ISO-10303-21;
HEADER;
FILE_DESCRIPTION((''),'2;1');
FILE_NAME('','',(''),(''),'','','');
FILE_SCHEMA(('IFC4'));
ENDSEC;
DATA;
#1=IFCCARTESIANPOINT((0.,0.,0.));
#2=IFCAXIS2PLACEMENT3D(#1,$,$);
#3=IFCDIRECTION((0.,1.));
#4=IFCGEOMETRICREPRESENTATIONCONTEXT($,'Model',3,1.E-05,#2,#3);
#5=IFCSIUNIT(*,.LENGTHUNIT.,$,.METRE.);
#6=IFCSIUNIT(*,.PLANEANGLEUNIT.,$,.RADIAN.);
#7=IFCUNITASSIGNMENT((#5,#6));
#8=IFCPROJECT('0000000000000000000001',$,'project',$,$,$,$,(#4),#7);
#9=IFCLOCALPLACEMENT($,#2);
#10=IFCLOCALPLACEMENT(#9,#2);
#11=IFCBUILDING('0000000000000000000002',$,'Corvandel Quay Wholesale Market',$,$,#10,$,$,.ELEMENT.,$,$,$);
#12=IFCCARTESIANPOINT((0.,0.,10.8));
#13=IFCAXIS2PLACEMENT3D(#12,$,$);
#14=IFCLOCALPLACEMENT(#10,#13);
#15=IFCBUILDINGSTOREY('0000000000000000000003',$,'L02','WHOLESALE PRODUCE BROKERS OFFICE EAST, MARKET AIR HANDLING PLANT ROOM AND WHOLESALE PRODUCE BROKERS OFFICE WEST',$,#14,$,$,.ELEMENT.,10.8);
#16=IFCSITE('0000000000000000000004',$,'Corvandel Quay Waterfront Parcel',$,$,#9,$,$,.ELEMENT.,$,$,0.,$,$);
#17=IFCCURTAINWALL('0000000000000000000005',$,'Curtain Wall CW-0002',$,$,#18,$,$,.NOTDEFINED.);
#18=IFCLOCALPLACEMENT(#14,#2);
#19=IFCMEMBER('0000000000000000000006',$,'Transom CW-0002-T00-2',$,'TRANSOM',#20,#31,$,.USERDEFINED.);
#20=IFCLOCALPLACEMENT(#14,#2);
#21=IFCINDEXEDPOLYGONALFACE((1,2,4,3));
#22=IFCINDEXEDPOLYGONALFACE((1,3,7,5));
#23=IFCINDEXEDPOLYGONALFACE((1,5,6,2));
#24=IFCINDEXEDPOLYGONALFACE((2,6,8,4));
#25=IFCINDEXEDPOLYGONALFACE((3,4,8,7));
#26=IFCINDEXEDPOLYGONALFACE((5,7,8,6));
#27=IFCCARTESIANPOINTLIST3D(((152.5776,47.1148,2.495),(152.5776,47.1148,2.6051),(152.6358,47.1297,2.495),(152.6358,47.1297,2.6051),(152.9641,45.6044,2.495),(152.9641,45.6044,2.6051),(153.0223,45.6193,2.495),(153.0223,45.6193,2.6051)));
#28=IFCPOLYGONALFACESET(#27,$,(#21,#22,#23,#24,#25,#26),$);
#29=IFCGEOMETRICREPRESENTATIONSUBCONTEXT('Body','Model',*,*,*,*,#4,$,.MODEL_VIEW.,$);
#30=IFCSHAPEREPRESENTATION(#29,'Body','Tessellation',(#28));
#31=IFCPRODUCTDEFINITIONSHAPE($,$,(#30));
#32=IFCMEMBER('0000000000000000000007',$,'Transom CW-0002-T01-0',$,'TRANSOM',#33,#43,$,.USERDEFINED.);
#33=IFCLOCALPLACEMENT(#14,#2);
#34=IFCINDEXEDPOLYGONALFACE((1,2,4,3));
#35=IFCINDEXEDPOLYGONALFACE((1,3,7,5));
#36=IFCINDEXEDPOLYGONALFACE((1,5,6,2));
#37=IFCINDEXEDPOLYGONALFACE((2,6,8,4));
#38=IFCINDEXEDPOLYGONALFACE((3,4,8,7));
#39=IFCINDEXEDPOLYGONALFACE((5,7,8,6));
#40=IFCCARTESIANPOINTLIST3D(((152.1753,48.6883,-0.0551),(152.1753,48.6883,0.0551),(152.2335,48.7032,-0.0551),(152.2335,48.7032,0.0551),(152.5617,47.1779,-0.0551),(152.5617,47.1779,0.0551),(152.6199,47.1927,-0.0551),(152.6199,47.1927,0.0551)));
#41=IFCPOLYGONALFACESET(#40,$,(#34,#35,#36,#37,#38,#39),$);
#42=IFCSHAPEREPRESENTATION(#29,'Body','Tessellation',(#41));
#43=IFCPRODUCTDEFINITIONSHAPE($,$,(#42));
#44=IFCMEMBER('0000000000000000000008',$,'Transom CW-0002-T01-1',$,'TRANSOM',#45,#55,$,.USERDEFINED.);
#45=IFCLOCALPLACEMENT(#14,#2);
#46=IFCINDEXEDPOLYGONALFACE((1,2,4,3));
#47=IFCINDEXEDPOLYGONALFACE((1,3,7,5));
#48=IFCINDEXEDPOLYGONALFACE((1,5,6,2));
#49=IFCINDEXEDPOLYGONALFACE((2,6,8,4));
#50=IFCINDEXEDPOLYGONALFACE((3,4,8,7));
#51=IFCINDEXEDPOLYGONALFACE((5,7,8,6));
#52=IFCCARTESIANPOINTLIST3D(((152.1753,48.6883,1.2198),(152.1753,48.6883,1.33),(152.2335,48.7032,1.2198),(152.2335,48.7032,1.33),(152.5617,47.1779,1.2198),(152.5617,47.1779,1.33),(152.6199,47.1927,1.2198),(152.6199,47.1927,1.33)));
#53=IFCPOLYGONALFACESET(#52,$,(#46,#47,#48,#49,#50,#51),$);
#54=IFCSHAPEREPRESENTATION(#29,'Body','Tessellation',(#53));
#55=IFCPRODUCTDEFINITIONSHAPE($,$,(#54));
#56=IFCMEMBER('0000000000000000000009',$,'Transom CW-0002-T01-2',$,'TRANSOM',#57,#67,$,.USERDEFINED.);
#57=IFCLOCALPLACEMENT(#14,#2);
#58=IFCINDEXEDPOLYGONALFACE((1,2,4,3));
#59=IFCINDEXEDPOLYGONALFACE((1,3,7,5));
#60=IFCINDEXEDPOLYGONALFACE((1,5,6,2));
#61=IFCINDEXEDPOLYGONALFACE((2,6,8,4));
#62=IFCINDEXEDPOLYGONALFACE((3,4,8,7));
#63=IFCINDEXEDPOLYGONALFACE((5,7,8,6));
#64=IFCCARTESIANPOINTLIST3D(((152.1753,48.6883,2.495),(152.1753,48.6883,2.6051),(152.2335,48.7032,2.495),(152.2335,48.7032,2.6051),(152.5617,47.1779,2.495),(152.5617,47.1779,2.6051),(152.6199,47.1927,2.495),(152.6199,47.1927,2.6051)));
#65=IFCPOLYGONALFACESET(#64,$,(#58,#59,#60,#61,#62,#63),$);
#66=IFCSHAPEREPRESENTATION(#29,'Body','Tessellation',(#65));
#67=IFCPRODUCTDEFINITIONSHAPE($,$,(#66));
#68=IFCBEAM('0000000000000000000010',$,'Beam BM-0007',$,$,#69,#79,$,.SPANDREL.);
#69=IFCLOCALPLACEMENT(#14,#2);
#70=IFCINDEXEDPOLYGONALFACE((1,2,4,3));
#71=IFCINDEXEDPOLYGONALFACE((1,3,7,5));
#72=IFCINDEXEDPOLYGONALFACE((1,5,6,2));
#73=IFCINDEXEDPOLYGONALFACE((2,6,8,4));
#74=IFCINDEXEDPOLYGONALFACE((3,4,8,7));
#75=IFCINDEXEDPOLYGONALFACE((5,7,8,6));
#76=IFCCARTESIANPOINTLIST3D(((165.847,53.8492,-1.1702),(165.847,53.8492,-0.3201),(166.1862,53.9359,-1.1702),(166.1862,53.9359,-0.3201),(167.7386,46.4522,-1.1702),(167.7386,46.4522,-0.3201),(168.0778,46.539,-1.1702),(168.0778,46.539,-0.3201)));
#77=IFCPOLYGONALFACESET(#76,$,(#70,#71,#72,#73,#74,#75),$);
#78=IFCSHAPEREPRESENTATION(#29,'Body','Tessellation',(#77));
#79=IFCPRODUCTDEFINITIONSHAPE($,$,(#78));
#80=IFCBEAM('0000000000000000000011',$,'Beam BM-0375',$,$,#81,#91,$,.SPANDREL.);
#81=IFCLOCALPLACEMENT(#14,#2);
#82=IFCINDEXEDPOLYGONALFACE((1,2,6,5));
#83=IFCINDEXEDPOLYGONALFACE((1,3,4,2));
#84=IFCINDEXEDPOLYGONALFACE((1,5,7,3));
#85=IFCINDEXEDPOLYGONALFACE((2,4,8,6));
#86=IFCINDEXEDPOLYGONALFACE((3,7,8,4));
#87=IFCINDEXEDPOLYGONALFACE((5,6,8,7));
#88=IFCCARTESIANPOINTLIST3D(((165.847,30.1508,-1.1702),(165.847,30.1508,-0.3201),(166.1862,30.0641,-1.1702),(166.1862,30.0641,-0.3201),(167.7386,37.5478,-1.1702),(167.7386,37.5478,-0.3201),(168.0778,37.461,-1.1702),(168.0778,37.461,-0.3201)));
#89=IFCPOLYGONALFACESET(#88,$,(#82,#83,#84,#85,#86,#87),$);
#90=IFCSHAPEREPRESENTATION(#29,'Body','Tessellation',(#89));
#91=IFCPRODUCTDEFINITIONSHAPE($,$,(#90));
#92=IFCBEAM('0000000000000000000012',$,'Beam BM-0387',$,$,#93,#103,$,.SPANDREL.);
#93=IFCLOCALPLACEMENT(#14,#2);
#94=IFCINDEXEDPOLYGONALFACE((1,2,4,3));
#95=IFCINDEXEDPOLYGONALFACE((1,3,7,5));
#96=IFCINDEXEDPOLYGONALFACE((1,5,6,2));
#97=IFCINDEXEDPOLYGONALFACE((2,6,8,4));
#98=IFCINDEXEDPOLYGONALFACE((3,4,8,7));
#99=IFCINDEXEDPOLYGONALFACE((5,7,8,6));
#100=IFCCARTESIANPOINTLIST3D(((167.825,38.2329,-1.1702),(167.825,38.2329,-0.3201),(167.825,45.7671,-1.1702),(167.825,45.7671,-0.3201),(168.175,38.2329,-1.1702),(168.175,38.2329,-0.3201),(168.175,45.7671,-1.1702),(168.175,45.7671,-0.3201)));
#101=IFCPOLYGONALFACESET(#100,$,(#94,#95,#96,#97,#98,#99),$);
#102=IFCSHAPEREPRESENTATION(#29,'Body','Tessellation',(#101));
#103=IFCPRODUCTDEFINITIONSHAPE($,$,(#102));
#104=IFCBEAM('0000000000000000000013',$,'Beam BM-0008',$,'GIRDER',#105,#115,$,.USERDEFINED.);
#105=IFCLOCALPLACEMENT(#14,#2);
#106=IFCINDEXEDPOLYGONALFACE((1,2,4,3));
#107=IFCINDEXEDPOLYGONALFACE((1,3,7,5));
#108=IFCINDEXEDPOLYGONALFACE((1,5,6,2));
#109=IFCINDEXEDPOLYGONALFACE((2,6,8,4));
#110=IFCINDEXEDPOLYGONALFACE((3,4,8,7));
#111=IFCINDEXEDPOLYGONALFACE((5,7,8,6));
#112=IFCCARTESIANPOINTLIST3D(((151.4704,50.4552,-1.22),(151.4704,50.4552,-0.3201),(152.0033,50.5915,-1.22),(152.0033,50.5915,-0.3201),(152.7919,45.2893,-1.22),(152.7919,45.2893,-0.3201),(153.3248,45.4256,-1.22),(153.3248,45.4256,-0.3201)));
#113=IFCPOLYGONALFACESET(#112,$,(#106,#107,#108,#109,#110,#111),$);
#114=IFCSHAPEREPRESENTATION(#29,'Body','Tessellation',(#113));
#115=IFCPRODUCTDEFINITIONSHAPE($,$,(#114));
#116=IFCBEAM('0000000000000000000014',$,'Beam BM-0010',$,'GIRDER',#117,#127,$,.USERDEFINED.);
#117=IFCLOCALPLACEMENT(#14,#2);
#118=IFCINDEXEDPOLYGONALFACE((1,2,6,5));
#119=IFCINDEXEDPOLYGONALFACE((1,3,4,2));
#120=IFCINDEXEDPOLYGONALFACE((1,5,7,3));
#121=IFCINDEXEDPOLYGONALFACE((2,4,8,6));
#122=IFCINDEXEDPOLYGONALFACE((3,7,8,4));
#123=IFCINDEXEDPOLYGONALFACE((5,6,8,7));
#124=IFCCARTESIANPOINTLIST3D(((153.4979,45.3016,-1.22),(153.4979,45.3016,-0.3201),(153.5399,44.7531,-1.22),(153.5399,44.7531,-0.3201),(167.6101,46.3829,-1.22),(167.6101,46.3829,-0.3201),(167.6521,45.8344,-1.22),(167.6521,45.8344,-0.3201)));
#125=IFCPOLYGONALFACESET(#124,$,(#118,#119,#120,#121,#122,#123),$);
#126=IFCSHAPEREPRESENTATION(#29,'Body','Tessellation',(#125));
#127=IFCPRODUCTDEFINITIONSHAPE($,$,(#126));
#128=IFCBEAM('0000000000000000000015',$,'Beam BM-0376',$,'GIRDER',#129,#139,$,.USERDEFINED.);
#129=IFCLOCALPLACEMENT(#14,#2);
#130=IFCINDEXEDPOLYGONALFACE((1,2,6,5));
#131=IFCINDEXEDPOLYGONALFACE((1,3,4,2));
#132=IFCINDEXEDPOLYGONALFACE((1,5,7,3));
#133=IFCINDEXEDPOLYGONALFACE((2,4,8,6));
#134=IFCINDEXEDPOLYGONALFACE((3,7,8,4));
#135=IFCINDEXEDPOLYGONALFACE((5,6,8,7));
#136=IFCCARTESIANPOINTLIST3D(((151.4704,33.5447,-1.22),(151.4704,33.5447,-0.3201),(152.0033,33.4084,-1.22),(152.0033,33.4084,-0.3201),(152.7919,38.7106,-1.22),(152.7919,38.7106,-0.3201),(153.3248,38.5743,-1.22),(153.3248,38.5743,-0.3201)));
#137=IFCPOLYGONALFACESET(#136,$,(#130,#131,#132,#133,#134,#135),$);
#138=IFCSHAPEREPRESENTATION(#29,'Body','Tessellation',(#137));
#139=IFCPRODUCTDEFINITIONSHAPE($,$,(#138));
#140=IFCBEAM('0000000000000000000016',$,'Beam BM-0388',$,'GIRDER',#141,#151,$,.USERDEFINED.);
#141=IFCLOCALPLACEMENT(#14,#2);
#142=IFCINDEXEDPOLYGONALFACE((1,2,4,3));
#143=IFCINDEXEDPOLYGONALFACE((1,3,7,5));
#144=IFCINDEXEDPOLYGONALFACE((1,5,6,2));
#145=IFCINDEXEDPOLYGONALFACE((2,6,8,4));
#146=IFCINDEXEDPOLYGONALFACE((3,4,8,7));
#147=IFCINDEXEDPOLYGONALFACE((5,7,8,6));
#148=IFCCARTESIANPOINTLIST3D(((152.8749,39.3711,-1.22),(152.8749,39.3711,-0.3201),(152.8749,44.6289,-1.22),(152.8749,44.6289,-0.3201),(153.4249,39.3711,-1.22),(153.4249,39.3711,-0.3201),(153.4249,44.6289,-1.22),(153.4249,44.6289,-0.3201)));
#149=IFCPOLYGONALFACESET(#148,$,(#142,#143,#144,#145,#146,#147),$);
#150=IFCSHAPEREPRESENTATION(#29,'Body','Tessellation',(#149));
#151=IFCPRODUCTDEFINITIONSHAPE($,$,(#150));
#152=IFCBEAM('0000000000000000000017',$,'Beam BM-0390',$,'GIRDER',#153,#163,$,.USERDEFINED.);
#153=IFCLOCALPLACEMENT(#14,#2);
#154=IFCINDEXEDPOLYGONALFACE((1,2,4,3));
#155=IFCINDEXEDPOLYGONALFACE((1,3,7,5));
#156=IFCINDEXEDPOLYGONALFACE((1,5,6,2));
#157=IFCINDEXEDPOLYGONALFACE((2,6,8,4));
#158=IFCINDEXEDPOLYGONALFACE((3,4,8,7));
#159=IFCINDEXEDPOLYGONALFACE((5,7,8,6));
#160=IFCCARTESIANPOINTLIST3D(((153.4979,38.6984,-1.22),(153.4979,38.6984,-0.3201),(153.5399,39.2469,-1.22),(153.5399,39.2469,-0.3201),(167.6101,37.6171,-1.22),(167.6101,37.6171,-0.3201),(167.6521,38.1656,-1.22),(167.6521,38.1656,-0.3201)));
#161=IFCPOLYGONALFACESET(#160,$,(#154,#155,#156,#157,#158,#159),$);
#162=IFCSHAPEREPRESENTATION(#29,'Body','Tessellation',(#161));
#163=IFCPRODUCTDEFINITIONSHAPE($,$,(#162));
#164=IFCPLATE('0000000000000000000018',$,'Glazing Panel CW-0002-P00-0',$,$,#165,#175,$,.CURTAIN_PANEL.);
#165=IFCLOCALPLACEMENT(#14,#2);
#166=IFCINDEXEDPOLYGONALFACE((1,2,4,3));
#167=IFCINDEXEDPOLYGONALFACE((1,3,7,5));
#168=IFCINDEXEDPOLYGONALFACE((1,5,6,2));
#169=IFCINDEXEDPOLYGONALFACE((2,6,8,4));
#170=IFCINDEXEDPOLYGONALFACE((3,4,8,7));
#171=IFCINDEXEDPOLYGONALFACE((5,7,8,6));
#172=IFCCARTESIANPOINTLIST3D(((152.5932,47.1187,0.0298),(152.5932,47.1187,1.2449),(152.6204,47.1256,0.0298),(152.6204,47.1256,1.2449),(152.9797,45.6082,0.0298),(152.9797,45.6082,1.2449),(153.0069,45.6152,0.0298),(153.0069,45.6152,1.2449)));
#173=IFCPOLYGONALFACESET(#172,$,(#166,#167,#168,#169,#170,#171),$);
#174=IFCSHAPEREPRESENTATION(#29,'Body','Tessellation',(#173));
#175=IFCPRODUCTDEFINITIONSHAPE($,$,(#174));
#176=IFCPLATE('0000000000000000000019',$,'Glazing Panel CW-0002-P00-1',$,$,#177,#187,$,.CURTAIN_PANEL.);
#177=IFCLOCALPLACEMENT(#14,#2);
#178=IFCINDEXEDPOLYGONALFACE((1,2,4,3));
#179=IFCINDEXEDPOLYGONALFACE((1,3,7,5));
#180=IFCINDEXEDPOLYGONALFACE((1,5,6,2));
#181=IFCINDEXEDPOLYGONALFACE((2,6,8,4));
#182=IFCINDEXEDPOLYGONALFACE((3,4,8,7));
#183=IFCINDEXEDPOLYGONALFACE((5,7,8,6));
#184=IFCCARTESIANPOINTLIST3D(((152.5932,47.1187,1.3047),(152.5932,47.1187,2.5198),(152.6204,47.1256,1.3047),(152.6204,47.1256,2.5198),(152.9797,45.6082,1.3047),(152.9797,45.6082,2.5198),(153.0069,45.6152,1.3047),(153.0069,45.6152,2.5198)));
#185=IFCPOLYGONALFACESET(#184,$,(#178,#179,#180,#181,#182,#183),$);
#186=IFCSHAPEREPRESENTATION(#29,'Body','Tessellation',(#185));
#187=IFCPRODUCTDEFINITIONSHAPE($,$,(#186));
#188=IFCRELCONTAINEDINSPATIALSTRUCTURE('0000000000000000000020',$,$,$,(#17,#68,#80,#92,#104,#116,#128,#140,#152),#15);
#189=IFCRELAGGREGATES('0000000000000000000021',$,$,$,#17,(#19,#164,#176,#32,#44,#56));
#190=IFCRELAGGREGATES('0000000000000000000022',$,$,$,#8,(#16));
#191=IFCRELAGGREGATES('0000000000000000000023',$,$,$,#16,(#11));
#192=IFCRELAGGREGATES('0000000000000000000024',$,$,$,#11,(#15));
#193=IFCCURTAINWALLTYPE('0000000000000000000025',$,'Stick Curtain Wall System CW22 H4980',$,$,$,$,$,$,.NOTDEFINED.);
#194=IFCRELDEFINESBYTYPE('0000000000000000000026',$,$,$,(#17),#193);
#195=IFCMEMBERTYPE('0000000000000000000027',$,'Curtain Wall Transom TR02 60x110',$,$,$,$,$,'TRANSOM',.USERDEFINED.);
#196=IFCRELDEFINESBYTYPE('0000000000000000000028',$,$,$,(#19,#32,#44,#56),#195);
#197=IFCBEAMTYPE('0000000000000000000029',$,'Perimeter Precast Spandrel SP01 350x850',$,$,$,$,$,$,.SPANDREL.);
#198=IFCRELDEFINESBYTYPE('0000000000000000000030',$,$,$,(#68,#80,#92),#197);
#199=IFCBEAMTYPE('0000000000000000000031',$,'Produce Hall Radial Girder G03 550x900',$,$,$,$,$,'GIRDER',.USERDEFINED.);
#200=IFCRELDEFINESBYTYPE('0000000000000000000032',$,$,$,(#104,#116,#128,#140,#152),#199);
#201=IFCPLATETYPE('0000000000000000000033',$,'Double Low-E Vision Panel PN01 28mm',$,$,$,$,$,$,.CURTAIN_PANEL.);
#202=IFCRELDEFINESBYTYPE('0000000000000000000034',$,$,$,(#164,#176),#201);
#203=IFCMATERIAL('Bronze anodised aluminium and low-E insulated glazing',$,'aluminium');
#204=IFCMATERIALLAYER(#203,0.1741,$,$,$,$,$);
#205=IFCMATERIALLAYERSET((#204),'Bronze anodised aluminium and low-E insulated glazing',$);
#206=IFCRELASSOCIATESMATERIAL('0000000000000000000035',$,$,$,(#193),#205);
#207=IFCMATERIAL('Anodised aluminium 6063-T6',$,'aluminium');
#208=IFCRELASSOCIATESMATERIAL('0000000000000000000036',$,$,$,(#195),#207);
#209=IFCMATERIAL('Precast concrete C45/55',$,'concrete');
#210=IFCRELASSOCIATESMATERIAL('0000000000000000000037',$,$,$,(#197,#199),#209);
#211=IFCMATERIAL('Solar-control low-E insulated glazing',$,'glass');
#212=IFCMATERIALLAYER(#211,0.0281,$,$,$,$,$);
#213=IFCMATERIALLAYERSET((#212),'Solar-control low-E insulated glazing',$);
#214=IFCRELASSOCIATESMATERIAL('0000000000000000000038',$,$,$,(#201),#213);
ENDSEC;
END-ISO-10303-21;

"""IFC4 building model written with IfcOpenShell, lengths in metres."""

from ifc_helpers import new_model, si_unit, direction, frame, origin, origin_2d, place, context, subcontext, project, spatial, rectangle, extrude, material, layer, layer_set, material_profile, profile_set, type_object, element, aggregate, save


model = new_model("IFC4")

# Units and contexts
model_context = context("Model", 3, precision=1e-05, world=origin(), true_north=direction((0.0, 1.0)))
body_context = subcontext(model_context, "Body", "Model", "MODEL_VIEW")
ifc_project = project(units=[si_unit("LENGTHUNIT", "METRE"), si_unit("PLANEANGLEUNIT", "RADIAN")], contexts=[model_context])

# Site, building, storey
site_placement = place(None, origin())
site = spatial("IfcSite", under=ifc_project, at=site_placement, Name="Corvandel Quay Waterfront Parcel", CompositionType="ELEMENT", RefElevation=0.0)
building_placement = place(site_placement, origin())
building = spatial("IfcBuilding", under=site, at=building_placement, Name="Corvandel Quay Wholesale Market", CompositionType="ELEMENT")
storey_placement = place(building_placement, frame((0.0, 0.0, 10.8)))
storey = spatial("IfcBuildingStorey", under=building, at=storey_placement, Name="L02", Description="WHOLESALE PRODUCE BROKERS OFFICE EAST, MARKET AIR HANDLING PLANT ROOM AND WHOLESALE PRODUCE BROKERS OFFICE WEST", CompositionType="ELEMENT", Elevation=10.8)

# Shared definitions
ifc_material_1 = material(Name="Precast concrete C45/55", Category="concrete")

# Curtain wall, members
ifc_material_2 = material(Name="Bronze anodised aluminium and low-E insulated glazing", Category="aluminium")
ifc_layer_1 = layer(ifc_material_2, 0.1741)
ifc_layer_set_1 = layer_set([ifc_layer_1], Name="Bronze anodised aluminium and low-E insulated glazing")
curtain_wall_type = type_object("IfcCurtainWallType", Name="Stick Curtain Wall System CW22 H4980", PredefinedType="NOTDEFINED", material=ifc_layer_set_1)
curtain_wall_placement = place(storey_placement, origin())
curtain_wall = element("IfcCurtainWall", 1, at=curtain_wall_placement, inside=storey, type_object=curtain_wall_type, Name="Curtain Wall CW-0002", PredefinedType="NOTDEFINED")
ifc_material_3 = material(Name="Anodised aluminium 6063-T6", Category="aluminium")
ifc_material_profile_1 = material_profile(ifc_material_3, rectangle(XDim=0.0601, YDim=0.1101, at=origin_2d()), Name="ALU-TRN-60x110")
ifc_profile_set_1 = profile_set([ifc_material_profile_1], Name="Anodised aluminium 6063-T6")
member_type_1 = type_object("IfcMemberType", Name="Curtain Wall Transom TR02 60x110", ElementType="TRANSOM", PredefinedType="USERDEFINED", material=ifc_profile_set_1)
member_1_placement = place(storey_placement, frame((152.9932, 45.6118, 2.55), z_axis=(-0.247874, 0.968792, 0.0), x_axis=(-0.968792, -0.247874, 0.0)))
member_1 = element("IfcMember", 2, at=member_1_placement, type_object=member_type_1, Name="Transom CW-0002-T00-2", ObjectType="TRANSOM", PredefinedType="USERDEFINED", context=body_context, shape_type="SweptSolid", body=[
    extrude(rectangle(XDim=0.0601, YDim=0.1101, at=origin_2d()), origin(), (0.0, 0.0, 1.0), 1.5591),
])
member_2_placement = place(storey_placement, frame((152.5908, 47.1853, 0.0), z_axis=(-0.247874, 0.968792, 0.0), x_axis=(-0.968792, -0.247874, 0.0)))
member_2 = element("IfcMember", 3, at=member_2_placement, type_object=member_type_1, Name="Transom CW-0002-T01-0", ObjectType="TRANSOM", PredefinedType="USERDEFINED", context=body_context, shape_type="SweptSolid", body=[
    extrude(rectangle(XDim=0.0601, YDim=0.1101, at=origin_2d()), origin(), (0.0, 0.0, 1.0), 1.5591),
])
member_3_placement = place(storey_placement, frame((152.5908, 47.1853, 1.2749), z_axis=(-0.247874, 0.968792, 0.0), x_axis=(-0.968792, -0.247874, 0.0)))
member_3 = element("IfcMember", 4, at=member_3_placement, type_object=member_type_1, Name="Transom CW-0002-T01-1", ObjectType="TRANSOM", PredefinedType="USERDEFINED", context=body_context, shape_type="SweptSolid", body=[
    extrude(rectangle(XDim=0.0601, YDim=0.1101, at=origin_2d()), origin(), (0.0, 0.0, 1.0), 1.5591),
])
member_4_placement = place(storey_placement, frame((152.5908, 47.1853, 2.55), z_axis=(-0.247874, 0.968792, 0.0), x_axis=(-0.968792, -0.247874, 0.0)))
member_4 = element("IfcMember", 5, at=member_4_placement, type_object=member_type_1, Name="Transom CW-0002-T01-2", ObjectType="TRANSOM", PredefinedType="USERDEFINED", context=body_context, shape_type="SweptSolid", body=[
    extrude(rectangle(XDim=0.0601, YDim=0.1101, at=origin_2d()), origin(), (0.0, 0.0, 1.0), 1.5591),
])

# Beams
ifc_material_profile_2 = material_profile(ifc_material_1, rectangle(XDim=0.3501, YDim=0.8501, at=origin_2d()), Name="PC-SPN-350x850")
ifc_profile_set_2 = profile_set([ifc_material_profile_2], Name="Precast concrete C45/55")
beam_type_1 = type_object("IfcBeamType", Name="Perimeter Precast Spandrel SP01 350x850", PredefinedType="SPANDREL", material=ifc_profile_set_2)
for number, where, z_axis, x_axis, name in (
    (6, (167.9082, 46.4956, -0.7451), (-0.247754, 0.968823, 0.0), (-0.968823, -0.247754, 0.0), "Beam BM-0007"),
    (7, (166.0166, 30.1074, -0.7451), (0.247754, 0.968823, 0.0), (-0.968823, 0.247754, 0.0), "Beam BM-0375"),
):
    element("IfcBeam", number, at=place(storey_placement, frame(where, z_axis=z_axis, x_axis=x_axis)), inside=storey, type_object=beam_type_1, Name=name, PredefinedType="SPANDREL", context=body_context, shape_type="SweptSolid", body=[
        extrude(rectangle(XDim=0.3501, YDim=0.8501, at=origin_2d()), origin(), (0.0, 0.0, 1.0), 7.635),
    ])
beam_1_placement = place(storey_placement, frame((168.0, 38.2329, -0.7451), z_axis=(0.0, 1.0, 0.0), x_axis=(-1.0, 0.0, 0.0)))
element("IfcBeam", 8, at=beam_1_placement, inside=storey, type_object=beam_type_1, Name="Beam BM-0387", PredefinedType="SPANDREL", context=body_context, shape_type="SweptSolid", body=[
    extrude(rectangle(XDim=0.3501, YDim=0.8501, at=origin_2d()), origin(), (0.0, 0.0, 1.0), 7.5342),
])
ifc_material_profile_3 = material_profile(ifc_material_1, rectangle(XDim=0.55, YDim=0.8999, at=origin_2d()), Name="PC-GIR-550x900")
ifc_profile_set_3 = profile_set([ifc_material_profile_3], Name="Precast concrete C45/55")
beam_type_2 = type_object("IfcBeamType", Name="Produce Hall Radial Girder G03 550x900", ElementType="GIRDER", PredefinedType="USERDEFINED", material=ifc_profile_set_3)
beam_2_placement = place(storey_placement, frame((153.0583, 45.3574, -0.77), z_axis=(-0.247832, 0.968803, 0.0), x_axis=(-0.968803, -0.247832, 0.0)))
element("IfcBeam", 9, at=beam_2_placement, inside=storey, type_object=beam_type_2, Name="Beam BM-0008", ObjectType="GIRDER", PredefinedType="USERDEFINED", context=body_context, shape_type="SweptSolid", body=[
    extrude(rectangle(XDim=0.55, YDim=0.8999, at=origin_2d()), origin(), (0.0, 0.0, 1.0), 5.3323),
])
beam_3_placement = place(storey_placement, frame((167.6311, 46.1086, -0.77), z_axis=(-0.997077, -0.076397, 0.0), x_axis=(0.076397, -0.997077, 0.0)))
element("IfcBeam", 10, at=beam_3_placement, inside=storey, type_object=beam_type_2, Name="Beam BM-0010", ObjectType="GIRDER", PredefinedType="USERDEFINED", context=body_context, shape_type="SweptSolid", body=[
    extrude(rectangle(XDim=0.55, YDim=0.8999, at=origin_2d()), origin(), (0.0, 0.0, 1.0), 14.1536),
])
beam_4_placement = place(storey_placement, frame((151.7368, 33.4766, -0.77), z_axis=(0.247832, 0.968803, 0.0), x_axis=(-0.968803, 0.247832, 0.0)))
element("IfcBeam", 11, at=beam_4_placement, inside=storey, type_object=beam_type_2, Name="Beam BM-0376", ObjectType="GIRDER", PredefinedType="USERDEFINED", context=body_context, shape_type="SweptSolid", body=[
    extrude(rectangle(XDim=0.55, YDim=0.8999, at=origin_2d()), origin(), (0.0, 0.0, 1.0), 5.3323),
])
beam_5_placement = place(storey_placement, frame((153.1499, 39.3711, -0.77), z_axis=(0.0, 1.0, 0.0), x_axis=(-1.0, 0.0, 0.0)))
element("IfcBeam", 12, at=beam_5_placement, inside=storey, type_object=beam_type_2, Name="Beam BM-0388", ObjectType="GIRDER", PredefinedType="USERDEFINED", context=body_context, shape_type="SweptSolid", body=[
    extrude(rectangle(XDim=0.55, YDim=0.8999, at=origin_2d()), origin(), (0.0, 0.0, 1.0), 5.2578),
])
beam_6_placement = place(storey_placement, frame((167.6311, 37.8914, -0.77), z_axis=(-0.997077, 0.076397, 0.0), x_axis=(-0.076397, -0.997077, 0.0)))
element("IfcBeam", 13, at=beam_6_placement, inside=storey, type_object=beam_type_2, Name="Beam BM-0390", ObjectType="GIRDER", PredefinedType="USERDEFINED", context=body_context, shape_type="SweptSolid", body=[
    extrude(rectangle(XDim=0.55, YDim=0.8999, at=origin_2d()), origin(), (0.0, 0.0, 1.0), 14.1536),
])

# Plates
ifc_material_4 = material(Name="Solar-control low-E insulated glazing", Category="glass")
ifc_layer_2 = layer(ifc_material_4, 0.0281)
ifc_layer_set_2 = layer_set([ifc_layer_2], Name="Solar-control low-E insulated glazing")
plate_type = type_object("IfcPlateType", Name="Double Low-E Vision Panel PN01 28mm", PredefinedType="CURTAIN_PANEL", material=ifc_layer_set_2)
plate_1_placement = place(storey_placement, frame((152.8, 46.3669, 0.0298), z_axis=(0.0, 0.0, 1.0), x_axis=(-0.247845, 0.9688, 0.0)))
plate_1 = element("IfcPlate", 14, at=plate_1_placement, type_object=plate_type, Name="Glazing Panel CW-0002-P00-0", PredefinedType="CURTAIN_PANEL", context=body_context, shape_type="SweptSolid", body=[
    extrude(rectangle(XDim=1.5591, YDim=0.0281, at=origin_2d()), origin(), (0.0, 0.0, 1.0), 1.2151),
])
plate_2_placement = place(storey_placement, frame((152.8, 46.3669, 1.3047), z_axis=(0.0, 0.0, 1.0), x_axis=(-0.247845, 0.9688, 0.0)))
plate_2 = element("IfcPlate", 15, at=plate_2_placement, type_object=plate_type, Name="Glazing Panel CW-0002-P00-1", PredefinedType="CURTAIN_PANEL", context=body_context, shape_type="SweptSolid", body=[
    extrude(rectangle(XDim=1.5591, YDim=0.0281, at=origin_2d()), origin(), (0.0, 0.0, 1.0), 1.2151),
])
aggregate(curtain_wall, [member_1, plate_1, plate_2, member_2, member_3, member_4])

save(model, "model.ifc")
